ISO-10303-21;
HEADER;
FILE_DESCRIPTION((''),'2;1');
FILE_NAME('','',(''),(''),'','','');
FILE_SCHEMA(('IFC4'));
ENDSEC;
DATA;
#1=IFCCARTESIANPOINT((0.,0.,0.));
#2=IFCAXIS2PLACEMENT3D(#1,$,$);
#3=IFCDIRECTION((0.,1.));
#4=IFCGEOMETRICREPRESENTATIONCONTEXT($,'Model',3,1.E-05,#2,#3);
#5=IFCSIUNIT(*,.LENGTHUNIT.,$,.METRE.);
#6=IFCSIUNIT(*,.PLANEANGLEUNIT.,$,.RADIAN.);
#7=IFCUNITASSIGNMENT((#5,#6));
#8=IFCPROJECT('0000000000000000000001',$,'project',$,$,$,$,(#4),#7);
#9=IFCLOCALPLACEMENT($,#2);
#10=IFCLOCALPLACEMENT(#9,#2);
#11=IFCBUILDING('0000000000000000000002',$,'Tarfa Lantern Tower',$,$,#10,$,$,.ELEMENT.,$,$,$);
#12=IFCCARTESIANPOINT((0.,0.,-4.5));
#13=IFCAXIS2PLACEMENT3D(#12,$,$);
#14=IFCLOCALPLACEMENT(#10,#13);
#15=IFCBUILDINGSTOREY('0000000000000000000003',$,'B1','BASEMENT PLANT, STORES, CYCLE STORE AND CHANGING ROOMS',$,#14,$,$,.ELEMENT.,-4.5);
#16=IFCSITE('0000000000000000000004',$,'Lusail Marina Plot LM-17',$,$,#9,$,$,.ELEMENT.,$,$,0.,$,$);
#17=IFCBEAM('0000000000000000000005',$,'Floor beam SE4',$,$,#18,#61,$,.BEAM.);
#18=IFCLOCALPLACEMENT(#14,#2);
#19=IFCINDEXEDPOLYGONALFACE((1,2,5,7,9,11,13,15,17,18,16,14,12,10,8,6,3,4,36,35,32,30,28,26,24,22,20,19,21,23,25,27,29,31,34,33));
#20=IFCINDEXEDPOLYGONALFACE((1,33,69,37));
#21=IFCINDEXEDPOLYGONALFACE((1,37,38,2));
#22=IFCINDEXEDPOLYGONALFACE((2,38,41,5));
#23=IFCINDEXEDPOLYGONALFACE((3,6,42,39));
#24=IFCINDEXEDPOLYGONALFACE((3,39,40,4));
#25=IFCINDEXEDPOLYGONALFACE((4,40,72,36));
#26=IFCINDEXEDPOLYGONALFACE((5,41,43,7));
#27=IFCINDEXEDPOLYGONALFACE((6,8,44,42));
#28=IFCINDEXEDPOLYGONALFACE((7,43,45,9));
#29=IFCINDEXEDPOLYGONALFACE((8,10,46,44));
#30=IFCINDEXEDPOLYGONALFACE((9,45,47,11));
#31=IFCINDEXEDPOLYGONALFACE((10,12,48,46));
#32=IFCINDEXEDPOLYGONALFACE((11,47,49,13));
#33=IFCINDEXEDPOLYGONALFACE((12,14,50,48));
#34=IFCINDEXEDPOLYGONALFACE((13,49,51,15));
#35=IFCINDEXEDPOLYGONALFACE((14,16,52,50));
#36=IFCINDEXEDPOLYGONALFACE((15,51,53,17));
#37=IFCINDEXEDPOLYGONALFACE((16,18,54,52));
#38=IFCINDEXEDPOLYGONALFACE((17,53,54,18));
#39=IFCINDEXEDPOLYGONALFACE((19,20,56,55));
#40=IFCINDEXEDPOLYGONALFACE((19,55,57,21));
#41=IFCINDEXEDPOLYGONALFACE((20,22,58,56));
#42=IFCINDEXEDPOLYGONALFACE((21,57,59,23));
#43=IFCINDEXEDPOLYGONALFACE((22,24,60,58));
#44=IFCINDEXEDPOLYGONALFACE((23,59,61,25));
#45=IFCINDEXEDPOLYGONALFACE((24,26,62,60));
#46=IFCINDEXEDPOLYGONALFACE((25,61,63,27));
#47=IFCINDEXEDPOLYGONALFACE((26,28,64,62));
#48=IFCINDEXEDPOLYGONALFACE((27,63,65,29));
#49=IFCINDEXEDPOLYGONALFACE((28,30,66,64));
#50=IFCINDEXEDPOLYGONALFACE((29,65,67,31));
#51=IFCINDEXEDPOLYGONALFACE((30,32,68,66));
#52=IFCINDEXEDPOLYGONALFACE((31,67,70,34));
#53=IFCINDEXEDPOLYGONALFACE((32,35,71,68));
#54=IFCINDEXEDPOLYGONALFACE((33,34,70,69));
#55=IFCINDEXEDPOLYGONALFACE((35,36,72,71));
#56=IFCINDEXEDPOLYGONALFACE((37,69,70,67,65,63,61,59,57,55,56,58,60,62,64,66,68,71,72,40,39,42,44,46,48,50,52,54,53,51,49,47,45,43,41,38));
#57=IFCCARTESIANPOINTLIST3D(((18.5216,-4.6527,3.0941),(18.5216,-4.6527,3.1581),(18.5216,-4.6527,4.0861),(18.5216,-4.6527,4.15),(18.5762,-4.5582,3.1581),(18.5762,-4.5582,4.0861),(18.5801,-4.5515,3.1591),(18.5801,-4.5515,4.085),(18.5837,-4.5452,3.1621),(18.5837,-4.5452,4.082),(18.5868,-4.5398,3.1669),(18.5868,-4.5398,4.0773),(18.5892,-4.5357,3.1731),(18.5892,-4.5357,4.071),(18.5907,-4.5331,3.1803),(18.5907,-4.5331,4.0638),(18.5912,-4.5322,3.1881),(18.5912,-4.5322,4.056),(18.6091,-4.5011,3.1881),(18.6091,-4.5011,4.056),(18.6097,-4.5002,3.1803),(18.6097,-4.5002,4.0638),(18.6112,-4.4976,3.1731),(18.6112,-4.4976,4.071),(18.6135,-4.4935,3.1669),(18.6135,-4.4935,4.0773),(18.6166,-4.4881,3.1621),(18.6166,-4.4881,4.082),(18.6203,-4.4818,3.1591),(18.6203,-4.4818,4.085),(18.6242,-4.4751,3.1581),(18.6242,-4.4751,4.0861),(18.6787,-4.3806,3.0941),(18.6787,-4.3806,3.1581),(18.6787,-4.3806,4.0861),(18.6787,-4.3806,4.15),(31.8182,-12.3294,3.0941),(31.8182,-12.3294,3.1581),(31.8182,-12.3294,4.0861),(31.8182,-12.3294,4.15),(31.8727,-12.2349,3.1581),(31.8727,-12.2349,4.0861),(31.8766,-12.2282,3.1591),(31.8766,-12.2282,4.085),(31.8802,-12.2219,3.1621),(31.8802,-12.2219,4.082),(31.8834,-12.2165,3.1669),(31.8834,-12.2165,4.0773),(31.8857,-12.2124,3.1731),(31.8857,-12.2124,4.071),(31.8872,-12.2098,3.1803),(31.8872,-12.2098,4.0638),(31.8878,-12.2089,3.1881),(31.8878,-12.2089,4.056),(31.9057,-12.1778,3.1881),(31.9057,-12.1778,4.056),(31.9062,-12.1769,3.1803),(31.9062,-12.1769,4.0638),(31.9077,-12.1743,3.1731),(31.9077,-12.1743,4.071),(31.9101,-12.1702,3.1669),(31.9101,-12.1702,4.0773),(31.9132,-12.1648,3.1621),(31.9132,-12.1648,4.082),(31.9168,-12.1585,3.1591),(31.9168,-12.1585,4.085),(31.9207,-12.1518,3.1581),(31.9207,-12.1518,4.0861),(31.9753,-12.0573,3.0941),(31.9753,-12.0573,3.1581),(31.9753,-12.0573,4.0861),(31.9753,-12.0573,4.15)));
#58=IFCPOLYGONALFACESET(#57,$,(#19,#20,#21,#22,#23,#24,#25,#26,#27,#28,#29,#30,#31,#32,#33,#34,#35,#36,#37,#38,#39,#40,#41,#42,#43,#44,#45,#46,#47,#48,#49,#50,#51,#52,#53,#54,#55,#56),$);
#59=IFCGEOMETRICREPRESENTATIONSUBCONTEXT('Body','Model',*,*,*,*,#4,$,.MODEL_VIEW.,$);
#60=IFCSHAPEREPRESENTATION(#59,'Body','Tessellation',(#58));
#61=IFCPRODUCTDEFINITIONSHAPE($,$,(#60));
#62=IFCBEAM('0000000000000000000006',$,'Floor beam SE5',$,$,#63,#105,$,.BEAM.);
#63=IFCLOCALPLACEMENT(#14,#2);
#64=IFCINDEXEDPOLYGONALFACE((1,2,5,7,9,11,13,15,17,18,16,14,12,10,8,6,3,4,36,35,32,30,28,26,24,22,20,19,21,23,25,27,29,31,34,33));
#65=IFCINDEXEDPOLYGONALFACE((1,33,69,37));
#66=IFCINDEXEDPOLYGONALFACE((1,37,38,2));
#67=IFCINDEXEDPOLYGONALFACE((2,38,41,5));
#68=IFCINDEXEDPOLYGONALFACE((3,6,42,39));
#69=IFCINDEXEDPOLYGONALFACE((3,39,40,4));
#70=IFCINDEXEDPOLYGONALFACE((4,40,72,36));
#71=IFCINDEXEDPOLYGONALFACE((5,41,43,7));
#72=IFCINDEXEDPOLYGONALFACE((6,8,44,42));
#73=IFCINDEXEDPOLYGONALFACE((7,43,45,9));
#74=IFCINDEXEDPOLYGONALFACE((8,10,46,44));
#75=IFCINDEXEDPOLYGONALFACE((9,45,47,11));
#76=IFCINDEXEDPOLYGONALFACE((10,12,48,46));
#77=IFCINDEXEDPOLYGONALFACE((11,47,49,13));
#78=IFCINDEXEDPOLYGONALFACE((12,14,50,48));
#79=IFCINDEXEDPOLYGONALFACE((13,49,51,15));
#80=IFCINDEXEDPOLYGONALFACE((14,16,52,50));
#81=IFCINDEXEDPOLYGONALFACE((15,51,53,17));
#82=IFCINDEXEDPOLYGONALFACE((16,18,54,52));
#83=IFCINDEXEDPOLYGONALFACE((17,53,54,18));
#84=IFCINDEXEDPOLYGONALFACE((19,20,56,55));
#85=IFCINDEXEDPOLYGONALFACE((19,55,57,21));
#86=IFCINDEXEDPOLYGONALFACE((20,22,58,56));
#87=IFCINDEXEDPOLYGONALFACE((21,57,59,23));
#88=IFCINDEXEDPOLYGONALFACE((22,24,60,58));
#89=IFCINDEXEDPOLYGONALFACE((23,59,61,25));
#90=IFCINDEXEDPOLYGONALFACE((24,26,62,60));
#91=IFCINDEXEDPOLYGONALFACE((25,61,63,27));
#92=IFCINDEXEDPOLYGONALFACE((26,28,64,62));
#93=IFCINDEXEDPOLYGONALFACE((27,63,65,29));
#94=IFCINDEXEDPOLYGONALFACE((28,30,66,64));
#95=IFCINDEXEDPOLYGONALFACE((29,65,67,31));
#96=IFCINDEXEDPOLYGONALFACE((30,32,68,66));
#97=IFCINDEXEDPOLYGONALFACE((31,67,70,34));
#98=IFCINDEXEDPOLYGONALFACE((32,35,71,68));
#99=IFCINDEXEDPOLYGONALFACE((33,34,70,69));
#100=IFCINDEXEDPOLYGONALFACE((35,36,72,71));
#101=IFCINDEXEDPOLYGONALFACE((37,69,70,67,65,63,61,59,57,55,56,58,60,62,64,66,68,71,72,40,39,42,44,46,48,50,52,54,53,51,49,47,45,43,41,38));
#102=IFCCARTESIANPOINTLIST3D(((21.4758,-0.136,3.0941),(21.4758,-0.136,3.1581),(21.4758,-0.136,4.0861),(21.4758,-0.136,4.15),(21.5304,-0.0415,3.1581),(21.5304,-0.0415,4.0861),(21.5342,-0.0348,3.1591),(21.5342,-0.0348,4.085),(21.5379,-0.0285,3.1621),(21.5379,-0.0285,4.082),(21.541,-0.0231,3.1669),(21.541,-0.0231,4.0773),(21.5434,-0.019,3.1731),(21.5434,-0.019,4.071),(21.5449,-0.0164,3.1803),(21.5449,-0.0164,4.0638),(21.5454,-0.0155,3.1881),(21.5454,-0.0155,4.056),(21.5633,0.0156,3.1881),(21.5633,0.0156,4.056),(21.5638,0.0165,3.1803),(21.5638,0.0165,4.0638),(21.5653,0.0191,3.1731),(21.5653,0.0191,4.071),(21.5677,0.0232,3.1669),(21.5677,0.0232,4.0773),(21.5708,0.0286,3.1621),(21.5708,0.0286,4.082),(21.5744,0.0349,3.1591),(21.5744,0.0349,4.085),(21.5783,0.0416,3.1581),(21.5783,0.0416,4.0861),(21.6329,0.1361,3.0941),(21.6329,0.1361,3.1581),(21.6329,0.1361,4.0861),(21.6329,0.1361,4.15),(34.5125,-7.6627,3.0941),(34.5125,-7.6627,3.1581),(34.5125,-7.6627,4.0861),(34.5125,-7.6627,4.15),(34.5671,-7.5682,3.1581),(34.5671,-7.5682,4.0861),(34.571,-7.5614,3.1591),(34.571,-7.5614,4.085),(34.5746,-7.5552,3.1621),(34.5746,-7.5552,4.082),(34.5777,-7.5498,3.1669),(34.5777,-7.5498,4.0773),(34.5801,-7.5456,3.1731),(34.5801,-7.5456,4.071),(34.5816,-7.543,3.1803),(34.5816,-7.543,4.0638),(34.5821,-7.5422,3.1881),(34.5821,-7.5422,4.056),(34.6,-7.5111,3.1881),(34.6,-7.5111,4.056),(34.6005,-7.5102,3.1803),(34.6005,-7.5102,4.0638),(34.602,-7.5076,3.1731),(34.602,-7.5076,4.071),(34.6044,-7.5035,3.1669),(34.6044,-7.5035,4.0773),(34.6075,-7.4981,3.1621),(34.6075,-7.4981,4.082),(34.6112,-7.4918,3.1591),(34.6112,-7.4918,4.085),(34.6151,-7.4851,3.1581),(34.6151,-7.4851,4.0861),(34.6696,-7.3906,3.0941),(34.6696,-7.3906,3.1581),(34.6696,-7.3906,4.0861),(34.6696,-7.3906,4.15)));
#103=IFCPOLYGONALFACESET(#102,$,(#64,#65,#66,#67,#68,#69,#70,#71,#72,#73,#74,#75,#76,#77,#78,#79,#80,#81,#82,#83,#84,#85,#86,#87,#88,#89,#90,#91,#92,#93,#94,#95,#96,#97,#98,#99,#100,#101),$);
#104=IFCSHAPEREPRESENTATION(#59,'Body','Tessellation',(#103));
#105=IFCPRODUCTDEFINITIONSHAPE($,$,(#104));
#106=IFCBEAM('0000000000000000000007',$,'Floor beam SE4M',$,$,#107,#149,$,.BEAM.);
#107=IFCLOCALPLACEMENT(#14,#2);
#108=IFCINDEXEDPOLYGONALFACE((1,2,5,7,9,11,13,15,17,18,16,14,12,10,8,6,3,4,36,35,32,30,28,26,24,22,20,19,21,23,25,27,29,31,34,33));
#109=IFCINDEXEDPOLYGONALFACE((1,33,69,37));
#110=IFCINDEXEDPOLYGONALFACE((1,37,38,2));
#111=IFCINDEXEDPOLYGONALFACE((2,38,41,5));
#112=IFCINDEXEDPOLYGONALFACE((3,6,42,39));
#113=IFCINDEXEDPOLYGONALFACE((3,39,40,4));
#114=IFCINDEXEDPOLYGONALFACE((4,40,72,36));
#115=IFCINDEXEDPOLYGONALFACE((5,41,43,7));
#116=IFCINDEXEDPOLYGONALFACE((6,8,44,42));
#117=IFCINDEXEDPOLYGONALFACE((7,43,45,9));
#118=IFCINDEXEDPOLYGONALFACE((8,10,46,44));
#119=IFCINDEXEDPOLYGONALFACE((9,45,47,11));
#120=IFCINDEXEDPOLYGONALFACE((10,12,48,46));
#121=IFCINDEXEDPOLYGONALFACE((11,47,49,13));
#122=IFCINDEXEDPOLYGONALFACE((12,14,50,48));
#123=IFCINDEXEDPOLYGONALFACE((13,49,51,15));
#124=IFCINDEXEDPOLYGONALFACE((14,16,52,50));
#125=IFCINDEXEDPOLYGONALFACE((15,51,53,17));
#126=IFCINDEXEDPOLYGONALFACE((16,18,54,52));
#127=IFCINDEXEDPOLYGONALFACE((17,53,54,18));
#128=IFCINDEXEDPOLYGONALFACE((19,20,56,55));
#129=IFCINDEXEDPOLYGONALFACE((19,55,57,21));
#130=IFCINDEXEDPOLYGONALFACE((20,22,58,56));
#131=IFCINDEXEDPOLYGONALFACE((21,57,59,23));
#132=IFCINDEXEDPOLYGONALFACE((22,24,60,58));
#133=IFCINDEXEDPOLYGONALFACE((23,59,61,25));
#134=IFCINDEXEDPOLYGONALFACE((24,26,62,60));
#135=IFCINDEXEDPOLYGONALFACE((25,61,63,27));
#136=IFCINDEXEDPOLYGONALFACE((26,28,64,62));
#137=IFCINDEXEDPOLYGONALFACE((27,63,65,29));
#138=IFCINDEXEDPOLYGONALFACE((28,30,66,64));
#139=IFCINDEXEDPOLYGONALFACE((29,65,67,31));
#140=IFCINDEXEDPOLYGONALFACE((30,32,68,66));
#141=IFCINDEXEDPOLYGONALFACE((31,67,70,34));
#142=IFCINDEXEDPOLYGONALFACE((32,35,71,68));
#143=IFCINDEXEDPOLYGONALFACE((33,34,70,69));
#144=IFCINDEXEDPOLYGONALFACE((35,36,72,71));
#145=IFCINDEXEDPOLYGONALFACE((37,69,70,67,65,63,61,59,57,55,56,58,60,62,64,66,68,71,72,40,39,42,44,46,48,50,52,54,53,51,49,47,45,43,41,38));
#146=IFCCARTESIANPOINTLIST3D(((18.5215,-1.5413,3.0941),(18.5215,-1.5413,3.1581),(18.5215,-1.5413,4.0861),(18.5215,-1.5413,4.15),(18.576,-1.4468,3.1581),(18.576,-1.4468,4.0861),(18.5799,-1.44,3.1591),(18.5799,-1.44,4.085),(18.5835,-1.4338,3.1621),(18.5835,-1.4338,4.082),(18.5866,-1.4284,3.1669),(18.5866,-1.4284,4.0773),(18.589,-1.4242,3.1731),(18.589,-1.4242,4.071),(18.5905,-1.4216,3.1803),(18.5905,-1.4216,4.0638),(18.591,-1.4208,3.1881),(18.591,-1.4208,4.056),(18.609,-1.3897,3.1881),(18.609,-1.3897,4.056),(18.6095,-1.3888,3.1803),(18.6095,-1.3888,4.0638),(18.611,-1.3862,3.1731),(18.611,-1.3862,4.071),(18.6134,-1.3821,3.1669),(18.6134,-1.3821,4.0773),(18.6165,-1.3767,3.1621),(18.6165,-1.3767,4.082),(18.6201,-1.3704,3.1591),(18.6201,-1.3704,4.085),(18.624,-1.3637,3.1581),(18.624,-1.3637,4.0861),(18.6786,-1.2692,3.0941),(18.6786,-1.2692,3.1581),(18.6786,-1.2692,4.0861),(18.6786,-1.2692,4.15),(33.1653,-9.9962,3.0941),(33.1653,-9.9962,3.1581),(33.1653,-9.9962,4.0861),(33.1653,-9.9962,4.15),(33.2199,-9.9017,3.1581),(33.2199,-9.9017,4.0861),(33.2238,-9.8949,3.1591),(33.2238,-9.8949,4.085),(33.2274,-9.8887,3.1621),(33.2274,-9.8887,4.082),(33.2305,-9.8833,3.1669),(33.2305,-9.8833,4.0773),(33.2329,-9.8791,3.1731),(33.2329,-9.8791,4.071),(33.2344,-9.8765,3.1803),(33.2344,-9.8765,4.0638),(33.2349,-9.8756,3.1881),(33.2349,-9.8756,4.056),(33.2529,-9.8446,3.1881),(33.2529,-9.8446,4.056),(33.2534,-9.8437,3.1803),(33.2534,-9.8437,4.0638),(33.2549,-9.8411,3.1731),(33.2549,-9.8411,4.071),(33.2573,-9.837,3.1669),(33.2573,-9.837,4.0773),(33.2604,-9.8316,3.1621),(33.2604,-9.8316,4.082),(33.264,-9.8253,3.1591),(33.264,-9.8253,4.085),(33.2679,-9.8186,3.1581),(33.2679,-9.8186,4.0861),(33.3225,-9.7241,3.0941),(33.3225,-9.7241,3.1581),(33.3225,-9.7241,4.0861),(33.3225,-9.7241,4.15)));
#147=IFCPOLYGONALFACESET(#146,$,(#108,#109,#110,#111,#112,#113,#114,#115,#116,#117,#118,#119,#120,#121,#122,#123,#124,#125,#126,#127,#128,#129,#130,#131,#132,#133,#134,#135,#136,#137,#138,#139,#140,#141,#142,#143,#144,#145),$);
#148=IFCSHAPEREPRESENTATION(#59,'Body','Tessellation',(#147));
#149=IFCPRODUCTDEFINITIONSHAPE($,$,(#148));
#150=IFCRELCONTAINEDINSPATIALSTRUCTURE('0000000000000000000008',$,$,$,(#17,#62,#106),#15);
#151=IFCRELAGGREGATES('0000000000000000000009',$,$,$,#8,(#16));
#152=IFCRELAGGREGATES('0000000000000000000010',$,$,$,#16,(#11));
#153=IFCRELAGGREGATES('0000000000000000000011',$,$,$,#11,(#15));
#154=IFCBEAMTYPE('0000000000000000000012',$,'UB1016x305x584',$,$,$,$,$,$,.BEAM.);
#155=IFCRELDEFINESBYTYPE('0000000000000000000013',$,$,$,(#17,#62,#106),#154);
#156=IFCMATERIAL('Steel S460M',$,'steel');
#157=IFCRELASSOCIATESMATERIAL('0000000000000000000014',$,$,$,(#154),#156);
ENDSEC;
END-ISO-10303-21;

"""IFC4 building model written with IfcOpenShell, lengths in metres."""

from ifc_helpers import new_model, si_unit, direction, frame, origin, origin_2d, place, context, subcontext, project, spatial, i_section, extrude, material, material_profile, profile_set, type_object, element, save


model = new_model("IFC4")

# Units and contexts
model_context = context("Model", 3, precision=1e-05, world=origin(), true_north=direction((0.0, 1.0)))
body_context = subcontext(model_context, "Body", "Model", "MODEL_VIEW")
ifc_project = project(units=[si_unit("LENGTHUNIT", "METRE"), si_unit("PLANEANGLEUNIT", "RADIAN")], contexts=[model_context])

# Site, building, storey
site_placement = place(None, origin())
site = spatial("IfcSite", under=ifc_project, at=site_placement, Name="Lusail Marina Plot LM-17", CompositionType="ELEMENT", RefElevation=0.0)
building_placement = place(site_placement, origin())
building = spatial("IfcBuilding", under=site, at=building_placement, Name="Tarfa Lantern Tower", CompositionType="ELEMENT")
storey_placement = place(building_placement, frame((0.0, 0.0, -4.5)))
storey = spatial("IfcBuildingStorey", under=building, at=storey_placement, Name="B1", Description="BASEMENT PLANT, STORES, CYCLE STORE AND CHANGING ROOMS", CompositionType="ELEMENT", Elevation=-4.5)

# Beams
ifc_material_1 = material(Name="Steel S460M", Category="steel")
ifc_material_profile_1 = material_profile(ifc_material_1, i_section(OverallWidth=0.3142, OverallDepth=1.0559, WebThickness=0.0359, FlangeThickness=0.064, FilletRadius=0.03, at=origin_2d()), Name="UB1016x305x584")
ifc_profile_set_1 = profile_set([ifc_material_profile_1], Name="Steel S460M")
beam_type_1 = type_object("IfcBeamType", Name="UB1016x305x584", PredefinedType="BEAM", material=ifc_profile_set_1)
beam_1_placement = place(storey_placement, frame((31.8967, -12.1934, 3.6221), z_axis=(-0.866027, 0.499997, 0.0), x_axis=(-0.499997, -0.866027, 0.0)))
element("IfcBeam", 1, at=beam_1_placement, inside=storey, type_object=beam_type_1, Name="Floor beam SE4", PredefinedType="BEAM", context=body_context, shape_type="SweptSolid", body=[
    extrude(i_section(OverallWidth=0.3142, OverallDepth=1.0559, WebThickness=0.0359, FlangeThickness=0.064, FilletRadius=0.03, at=origin_2d()), origin(), (0.0, 0.0, 1.0), 15.3535),
])
beam_2_placement = place(storey_placement, frame((34.5911, -7.5266, 3.6221), z_axis=(-0.866028, 0.499996, 0.0), x_axis=(-0.499996, -0.866028, 0.0)))
element("IfcBeam", 2, at=beam_2_placement, inside=storey, type_object=beam_type_1, Name="Floor beam SE5", PredefinedType="BEAM", context=body_context, shape_type="SweptSolid", body=[
    extrude(i_section(OverallWidth=0.3142, OverallDepth=1.0559, WebThickness=0.0359, FlangeThickness=0.064, FilletRadius=0.03, at=origin_2d()), origin(), (0.0, 0.0, 1.0), 15.0535),
])
beam_3_placement = place(storey_placement, frame((33.2439, -9.8601, 3.6221), z_axis=(-0.866019, 0.50001, 0.0), x_axis=(-0.50001, -0.866019, 0.0)))
element("IfcBeam", 3, at=beam_3_placement, inside=storey, type_object=beam_type_1, Name="Floor beam SE4M", PredefinedType="BEAM", context=body_context, shape_type="SweptSolid", body=[
    extrude(i_section(OverallWidth=0.3142, OverallDepth=1.0559, WebThickness=0.0359, FlangeThickness=0.064, FilletRadius=0.03, at=origin_2d()), origin(), (0.0, 0.0, 1.0), 16.9094),
])

save(model, "model.ifc")
